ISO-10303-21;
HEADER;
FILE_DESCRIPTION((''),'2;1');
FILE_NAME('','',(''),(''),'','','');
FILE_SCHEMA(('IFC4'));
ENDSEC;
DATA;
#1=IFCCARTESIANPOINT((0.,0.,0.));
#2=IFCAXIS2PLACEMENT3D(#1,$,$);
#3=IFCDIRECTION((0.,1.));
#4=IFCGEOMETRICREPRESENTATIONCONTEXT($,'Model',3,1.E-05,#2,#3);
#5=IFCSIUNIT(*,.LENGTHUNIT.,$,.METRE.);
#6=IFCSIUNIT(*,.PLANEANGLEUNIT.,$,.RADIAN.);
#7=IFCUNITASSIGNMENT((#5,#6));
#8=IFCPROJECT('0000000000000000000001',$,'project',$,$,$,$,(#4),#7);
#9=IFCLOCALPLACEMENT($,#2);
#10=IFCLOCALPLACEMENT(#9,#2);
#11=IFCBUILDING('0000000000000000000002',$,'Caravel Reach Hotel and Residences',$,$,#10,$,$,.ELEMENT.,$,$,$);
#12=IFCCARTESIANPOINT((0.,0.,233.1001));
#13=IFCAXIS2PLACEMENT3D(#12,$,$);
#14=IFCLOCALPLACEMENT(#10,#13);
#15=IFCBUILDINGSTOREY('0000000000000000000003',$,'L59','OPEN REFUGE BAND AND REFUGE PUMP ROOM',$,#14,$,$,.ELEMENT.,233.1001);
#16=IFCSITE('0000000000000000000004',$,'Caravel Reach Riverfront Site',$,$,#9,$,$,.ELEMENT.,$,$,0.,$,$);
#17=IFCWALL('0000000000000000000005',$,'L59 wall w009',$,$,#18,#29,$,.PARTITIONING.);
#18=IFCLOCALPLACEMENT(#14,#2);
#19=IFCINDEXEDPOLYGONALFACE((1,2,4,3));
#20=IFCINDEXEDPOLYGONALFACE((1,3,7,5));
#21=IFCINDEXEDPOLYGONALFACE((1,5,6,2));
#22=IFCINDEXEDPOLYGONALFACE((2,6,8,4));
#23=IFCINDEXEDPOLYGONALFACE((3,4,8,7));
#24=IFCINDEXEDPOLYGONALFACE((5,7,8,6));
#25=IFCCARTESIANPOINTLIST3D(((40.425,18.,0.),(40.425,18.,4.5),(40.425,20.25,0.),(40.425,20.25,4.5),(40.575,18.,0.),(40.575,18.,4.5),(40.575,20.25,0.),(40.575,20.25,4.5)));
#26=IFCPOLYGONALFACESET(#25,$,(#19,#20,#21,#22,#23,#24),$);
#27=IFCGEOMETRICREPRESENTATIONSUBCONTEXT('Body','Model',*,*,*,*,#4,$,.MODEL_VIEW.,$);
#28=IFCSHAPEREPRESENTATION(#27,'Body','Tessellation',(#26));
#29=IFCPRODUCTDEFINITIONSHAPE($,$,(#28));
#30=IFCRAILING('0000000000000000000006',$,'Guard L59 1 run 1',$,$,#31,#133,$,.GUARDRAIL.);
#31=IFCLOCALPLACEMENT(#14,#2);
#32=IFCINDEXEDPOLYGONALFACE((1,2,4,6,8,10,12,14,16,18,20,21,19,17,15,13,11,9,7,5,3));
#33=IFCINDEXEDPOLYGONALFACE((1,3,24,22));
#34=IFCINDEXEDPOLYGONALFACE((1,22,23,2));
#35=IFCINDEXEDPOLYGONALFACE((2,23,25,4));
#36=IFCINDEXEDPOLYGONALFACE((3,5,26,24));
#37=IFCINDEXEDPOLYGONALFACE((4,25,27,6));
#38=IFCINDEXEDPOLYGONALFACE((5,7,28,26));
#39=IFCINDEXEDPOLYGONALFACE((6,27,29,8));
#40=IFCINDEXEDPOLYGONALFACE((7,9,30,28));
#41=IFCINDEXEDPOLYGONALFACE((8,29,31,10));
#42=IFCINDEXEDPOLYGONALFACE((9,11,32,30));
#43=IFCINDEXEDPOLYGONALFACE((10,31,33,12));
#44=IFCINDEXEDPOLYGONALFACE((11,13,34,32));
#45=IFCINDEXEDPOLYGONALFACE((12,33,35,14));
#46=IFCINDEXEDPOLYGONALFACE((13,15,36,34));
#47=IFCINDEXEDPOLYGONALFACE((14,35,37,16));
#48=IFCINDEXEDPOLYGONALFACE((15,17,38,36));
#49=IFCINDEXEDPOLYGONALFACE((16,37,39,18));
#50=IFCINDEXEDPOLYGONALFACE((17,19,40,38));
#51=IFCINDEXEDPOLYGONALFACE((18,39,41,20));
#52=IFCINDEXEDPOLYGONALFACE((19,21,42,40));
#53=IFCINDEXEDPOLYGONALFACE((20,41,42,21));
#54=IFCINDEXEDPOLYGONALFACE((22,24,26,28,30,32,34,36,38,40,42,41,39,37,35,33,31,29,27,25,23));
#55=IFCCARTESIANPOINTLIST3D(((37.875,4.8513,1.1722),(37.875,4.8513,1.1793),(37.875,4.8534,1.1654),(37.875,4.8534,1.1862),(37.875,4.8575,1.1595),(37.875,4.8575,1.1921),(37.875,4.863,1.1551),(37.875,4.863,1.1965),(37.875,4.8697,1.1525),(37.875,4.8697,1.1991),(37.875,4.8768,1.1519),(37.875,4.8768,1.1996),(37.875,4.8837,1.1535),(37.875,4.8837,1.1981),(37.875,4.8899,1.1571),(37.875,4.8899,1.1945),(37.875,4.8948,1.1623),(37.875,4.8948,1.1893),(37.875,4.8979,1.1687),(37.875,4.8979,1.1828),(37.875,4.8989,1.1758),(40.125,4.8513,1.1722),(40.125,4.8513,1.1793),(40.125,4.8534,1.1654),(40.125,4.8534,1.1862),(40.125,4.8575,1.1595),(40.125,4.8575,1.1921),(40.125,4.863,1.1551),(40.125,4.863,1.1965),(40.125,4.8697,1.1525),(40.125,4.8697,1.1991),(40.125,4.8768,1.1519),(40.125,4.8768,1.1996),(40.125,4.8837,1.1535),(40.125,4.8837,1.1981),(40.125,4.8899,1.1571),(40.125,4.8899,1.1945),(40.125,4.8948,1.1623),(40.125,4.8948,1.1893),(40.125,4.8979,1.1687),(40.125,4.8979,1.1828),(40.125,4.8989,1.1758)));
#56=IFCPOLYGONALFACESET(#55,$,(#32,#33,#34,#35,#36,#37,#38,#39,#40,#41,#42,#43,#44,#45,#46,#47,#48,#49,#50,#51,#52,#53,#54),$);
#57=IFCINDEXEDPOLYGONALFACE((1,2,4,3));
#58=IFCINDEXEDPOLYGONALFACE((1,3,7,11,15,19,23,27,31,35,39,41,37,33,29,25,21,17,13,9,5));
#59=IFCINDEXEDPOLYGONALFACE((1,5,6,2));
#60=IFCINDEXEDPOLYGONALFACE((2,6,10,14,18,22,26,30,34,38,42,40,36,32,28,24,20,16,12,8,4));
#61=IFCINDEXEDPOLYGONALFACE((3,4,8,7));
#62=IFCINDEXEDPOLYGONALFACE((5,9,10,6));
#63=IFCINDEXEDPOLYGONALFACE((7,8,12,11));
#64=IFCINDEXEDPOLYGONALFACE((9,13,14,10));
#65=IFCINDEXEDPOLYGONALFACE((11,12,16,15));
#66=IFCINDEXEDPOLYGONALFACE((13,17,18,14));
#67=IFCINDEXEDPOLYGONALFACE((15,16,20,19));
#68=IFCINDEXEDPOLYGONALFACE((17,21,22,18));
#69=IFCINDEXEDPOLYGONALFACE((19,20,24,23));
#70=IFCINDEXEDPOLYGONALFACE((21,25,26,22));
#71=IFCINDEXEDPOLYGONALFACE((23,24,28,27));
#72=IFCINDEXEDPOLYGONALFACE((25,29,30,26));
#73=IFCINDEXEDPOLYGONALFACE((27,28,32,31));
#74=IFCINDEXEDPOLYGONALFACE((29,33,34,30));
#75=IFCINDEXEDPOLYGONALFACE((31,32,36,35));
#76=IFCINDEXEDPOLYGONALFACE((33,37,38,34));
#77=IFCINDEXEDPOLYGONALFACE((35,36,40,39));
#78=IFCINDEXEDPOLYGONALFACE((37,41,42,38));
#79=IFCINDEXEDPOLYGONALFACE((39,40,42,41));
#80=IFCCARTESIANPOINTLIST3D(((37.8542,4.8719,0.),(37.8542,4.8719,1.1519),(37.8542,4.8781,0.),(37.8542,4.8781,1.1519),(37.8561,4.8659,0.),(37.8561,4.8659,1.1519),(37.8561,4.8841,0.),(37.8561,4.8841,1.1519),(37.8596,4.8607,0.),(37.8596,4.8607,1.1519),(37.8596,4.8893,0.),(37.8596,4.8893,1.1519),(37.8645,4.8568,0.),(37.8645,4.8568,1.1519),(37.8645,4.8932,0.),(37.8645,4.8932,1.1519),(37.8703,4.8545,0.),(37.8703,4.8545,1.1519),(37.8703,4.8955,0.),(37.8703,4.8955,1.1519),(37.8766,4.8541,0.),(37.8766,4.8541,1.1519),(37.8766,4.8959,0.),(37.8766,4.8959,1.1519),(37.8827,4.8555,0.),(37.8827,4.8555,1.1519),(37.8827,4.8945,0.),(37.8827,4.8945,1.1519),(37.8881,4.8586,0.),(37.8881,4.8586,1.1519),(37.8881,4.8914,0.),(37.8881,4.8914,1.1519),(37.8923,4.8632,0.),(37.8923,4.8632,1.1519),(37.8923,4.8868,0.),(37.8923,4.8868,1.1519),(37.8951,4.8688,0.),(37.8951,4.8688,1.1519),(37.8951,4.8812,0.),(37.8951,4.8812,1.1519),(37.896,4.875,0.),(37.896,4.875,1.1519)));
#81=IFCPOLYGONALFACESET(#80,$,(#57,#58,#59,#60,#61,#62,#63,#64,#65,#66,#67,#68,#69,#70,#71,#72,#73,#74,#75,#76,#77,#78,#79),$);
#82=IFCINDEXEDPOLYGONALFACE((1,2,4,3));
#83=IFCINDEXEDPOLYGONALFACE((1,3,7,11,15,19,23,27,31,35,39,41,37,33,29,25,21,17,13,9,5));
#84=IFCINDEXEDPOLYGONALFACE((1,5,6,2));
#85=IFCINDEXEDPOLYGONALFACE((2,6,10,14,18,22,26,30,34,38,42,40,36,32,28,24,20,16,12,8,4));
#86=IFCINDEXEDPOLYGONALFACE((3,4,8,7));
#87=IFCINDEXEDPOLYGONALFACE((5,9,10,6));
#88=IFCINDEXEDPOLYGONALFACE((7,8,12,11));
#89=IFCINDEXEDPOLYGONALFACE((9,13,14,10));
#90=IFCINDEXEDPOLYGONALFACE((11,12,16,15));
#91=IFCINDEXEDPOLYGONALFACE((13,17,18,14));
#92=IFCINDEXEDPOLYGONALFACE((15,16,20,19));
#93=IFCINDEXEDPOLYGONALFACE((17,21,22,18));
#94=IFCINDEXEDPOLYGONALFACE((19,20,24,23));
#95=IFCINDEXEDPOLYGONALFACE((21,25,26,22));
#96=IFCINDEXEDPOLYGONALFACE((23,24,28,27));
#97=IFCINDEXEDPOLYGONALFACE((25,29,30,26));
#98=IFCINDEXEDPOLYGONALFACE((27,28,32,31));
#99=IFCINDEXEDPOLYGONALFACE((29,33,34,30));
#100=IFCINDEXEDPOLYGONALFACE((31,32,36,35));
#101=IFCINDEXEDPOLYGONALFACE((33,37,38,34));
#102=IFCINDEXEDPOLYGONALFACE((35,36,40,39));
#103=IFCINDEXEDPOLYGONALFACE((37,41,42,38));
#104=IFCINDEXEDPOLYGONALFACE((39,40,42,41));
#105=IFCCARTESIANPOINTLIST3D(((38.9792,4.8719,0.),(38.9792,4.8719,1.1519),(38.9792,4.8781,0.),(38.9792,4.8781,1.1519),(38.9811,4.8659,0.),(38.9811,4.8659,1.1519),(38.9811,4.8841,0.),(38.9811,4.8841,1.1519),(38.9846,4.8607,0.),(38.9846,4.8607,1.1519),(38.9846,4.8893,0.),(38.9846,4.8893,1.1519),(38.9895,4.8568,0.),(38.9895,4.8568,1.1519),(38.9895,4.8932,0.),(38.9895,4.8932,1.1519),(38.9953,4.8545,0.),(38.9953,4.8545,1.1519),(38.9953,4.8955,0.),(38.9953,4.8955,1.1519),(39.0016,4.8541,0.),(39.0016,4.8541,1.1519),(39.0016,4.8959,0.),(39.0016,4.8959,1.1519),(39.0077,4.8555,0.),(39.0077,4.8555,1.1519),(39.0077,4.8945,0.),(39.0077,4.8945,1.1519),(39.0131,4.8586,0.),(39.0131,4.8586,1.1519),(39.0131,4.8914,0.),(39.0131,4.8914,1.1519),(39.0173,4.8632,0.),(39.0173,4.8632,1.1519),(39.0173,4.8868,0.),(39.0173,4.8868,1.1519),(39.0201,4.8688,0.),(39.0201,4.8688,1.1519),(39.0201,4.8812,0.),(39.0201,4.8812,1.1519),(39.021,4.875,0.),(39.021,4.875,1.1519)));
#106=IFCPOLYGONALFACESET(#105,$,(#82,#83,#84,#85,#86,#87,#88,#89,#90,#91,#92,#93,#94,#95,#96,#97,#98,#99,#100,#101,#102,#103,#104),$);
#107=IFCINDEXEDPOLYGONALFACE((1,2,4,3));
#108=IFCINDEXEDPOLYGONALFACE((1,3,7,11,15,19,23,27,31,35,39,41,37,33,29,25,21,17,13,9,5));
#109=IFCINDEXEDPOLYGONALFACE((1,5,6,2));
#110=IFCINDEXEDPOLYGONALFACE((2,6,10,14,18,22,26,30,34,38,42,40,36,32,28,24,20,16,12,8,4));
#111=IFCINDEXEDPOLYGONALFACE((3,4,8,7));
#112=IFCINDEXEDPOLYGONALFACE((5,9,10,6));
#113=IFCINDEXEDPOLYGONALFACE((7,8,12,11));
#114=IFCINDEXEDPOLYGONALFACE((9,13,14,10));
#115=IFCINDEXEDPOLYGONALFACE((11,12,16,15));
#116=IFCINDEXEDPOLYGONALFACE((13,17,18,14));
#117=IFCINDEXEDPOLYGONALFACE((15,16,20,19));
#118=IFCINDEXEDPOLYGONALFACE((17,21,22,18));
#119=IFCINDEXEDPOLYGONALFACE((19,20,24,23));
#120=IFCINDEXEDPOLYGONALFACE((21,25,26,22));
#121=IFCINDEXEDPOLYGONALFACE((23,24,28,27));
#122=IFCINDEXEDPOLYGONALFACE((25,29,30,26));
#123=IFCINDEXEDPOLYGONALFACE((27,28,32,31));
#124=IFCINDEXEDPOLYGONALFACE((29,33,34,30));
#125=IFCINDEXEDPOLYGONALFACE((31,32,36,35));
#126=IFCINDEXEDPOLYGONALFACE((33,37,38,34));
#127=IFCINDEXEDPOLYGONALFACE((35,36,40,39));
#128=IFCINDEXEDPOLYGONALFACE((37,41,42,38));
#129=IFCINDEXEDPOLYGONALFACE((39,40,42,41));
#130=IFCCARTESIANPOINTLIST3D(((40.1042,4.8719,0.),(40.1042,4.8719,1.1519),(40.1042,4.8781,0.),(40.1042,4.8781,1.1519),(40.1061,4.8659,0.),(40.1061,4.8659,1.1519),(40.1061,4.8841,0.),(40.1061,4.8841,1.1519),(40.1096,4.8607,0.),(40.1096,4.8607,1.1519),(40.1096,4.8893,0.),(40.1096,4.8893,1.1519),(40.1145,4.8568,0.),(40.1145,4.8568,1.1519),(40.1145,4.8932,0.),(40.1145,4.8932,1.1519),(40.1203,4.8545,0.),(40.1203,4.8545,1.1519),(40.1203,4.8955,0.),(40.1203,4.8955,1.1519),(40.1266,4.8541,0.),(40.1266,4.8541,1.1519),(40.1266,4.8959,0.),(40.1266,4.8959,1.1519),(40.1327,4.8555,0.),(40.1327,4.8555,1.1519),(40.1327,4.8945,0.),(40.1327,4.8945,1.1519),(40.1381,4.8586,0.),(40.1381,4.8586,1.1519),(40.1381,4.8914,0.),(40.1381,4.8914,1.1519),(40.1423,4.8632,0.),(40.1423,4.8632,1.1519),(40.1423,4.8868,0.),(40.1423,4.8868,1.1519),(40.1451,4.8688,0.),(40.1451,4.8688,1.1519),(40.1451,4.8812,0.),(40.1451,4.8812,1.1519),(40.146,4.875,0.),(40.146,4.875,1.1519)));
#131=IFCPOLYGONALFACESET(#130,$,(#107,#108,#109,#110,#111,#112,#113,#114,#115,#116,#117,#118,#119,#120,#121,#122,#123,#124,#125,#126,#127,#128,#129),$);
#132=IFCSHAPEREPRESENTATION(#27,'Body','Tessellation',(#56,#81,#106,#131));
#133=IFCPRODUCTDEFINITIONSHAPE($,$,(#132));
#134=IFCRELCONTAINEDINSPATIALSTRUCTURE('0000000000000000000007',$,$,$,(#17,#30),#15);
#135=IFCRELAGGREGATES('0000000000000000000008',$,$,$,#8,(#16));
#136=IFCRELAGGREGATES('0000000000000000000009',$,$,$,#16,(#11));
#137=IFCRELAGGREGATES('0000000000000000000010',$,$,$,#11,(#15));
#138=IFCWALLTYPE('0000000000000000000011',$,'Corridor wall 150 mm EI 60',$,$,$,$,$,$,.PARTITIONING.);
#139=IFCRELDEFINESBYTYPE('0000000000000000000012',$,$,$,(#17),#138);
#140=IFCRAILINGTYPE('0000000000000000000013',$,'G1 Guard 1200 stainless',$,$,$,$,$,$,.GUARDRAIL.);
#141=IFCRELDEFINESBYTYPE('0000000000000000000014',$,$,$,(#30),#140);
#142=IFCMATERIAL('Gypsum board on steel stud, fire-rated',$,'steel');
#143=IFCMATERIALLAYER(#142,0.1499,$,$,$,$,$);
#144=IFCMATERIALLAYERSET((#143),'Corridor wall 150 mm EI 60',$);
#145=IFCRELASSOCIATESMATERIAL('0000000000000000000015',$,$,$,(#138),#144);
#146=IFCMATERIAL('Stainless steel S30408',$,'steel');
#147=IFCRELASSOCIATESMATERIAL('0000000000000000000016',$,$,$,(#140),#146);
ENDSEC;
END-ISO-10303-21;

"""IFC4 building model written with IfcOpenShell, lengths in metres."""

from ifc_helpers import new_model, si_unit, direction, frame, frame_2d, origin, origin_2d, place, context, subcontext, project, spatial, rectangle, circle, extrude, material, layer, layer_set, type_object, element, save


model = new_model("IFC4")

# Units and contexts
model_context = context("Model", 3, precision=1e-05, world=origin(), true_north=direction((0.0, 1.0)))
body_context = subcontext(model_context, "Body", "Model", "MODEL_VIEW")
ifc_project = project(units=[si_unit("LENGTHUNIT", "METRE"), si_unit("PLANEANGLEUNIT", "RADIAN")], contexts=[model_context])

# Site, building, storey
site_placement = place(None, origin())
site = spatial("IfcSite", under=ifc_project, at=site_placement, Name="Caravel Reach Riverfront Site", CompositionType="ELEMENT", RefElevation=0.0)
building_placement = place(site_placement, origin())
building = spatial("IfcBuilding", under=site, at=building_placement, Name="Caravel Reach Hotel and Residences", CompositionType="ELEMENT")
storey_placement = place(building_placement, frame((0.0, 0.0, 233.1001)))
storey = spatial("IfcBuildingStorey", under=building, at=storey_placement, Name="L59", Description="OPEN REFUGE BAND AND REFUGE PUMP ROOM", CompositionType="ELEMENT", Elevation=233.1001)

# Shared definitions
ifc_material_1 = material(Name="Gypsum board on steel stud, fire-rated", Category="steel")
ifc_layer = layer(ifc_material_1, 0.1499)
ifc_layer_set = layer_set([ifc_layer], Name="Corridor wall 150 mm EI 60")
wall_type = type_object("IfcWallType", Name="Corridor wall 150 mm EI 60", PredefinedType="PARTITIONING", material=ifc_layer_set)

# Wall
wall_1_placement = place(storey_placement, frame((40.5, 18.0, 0.0), z_axis=(0.0, 0.0, 1.0), x_axis=(0.0, 1.0, 0.0)))
element("IfcWall", 1, at=wall_1_placement, inside=storey, type_object=wall_type, Name="L59 wall w009", PredefinedType="PARTITIONING", context=body_context, shape_type="SweptSolid", body=[
    extrude(rectangle(XDim=2.25, YDim=0.1499, at=frame_2d((1.125, 0.0))), origin(), (0.0, 0.0, 1.0), 4.5),
])

# Railing
ifc_material_2 = material(Name="Stainless steel S30408", Category="steel")
railing_type = type_object("IfcRailingType", Name="G1 Guard 1200 stainless", PredefinedType="GUARDRAIL", material=ifc_material_2)
railing_1_placement = place(storey_placement, frame((37.875, 4.875, 0.0)))
element("IfcRailing", 2, at=railing_1_placement, inside=storey, type_object=railing_type, Name="Guard L59 1 run 1", PredefinedType="GUARDRAIL", context=body_context, shape_type="SweptSolid", body=[
    extrude(circle(Radius=0.0239, at=origin_2d()), frame((0.0, 0.0, 1.1758), z_axis=(1.0, 0.0, 0.0), x_axis=(0.0, 1.0, 0.0)), (0.0, 0.0, 1.0), 2.25),
    extrude(circle(Radius=0.021, at=origin_2d()), origin(), (0.0, 0.0, 1.0), 1.1519),
    extrude(circle(Radius=0.021, at=origin_2d()), frame((1.125, 0.0, 0.0)), (0.0, 0.0, 1.0), 1.1519),
    extrude(circle(Radius=0.021, at=origin_2d()), frame((2.25, 0.0, 0.0)), (0.0, 0.0, 1.0), 1.1519),
])

save(model, "model.ifc")
